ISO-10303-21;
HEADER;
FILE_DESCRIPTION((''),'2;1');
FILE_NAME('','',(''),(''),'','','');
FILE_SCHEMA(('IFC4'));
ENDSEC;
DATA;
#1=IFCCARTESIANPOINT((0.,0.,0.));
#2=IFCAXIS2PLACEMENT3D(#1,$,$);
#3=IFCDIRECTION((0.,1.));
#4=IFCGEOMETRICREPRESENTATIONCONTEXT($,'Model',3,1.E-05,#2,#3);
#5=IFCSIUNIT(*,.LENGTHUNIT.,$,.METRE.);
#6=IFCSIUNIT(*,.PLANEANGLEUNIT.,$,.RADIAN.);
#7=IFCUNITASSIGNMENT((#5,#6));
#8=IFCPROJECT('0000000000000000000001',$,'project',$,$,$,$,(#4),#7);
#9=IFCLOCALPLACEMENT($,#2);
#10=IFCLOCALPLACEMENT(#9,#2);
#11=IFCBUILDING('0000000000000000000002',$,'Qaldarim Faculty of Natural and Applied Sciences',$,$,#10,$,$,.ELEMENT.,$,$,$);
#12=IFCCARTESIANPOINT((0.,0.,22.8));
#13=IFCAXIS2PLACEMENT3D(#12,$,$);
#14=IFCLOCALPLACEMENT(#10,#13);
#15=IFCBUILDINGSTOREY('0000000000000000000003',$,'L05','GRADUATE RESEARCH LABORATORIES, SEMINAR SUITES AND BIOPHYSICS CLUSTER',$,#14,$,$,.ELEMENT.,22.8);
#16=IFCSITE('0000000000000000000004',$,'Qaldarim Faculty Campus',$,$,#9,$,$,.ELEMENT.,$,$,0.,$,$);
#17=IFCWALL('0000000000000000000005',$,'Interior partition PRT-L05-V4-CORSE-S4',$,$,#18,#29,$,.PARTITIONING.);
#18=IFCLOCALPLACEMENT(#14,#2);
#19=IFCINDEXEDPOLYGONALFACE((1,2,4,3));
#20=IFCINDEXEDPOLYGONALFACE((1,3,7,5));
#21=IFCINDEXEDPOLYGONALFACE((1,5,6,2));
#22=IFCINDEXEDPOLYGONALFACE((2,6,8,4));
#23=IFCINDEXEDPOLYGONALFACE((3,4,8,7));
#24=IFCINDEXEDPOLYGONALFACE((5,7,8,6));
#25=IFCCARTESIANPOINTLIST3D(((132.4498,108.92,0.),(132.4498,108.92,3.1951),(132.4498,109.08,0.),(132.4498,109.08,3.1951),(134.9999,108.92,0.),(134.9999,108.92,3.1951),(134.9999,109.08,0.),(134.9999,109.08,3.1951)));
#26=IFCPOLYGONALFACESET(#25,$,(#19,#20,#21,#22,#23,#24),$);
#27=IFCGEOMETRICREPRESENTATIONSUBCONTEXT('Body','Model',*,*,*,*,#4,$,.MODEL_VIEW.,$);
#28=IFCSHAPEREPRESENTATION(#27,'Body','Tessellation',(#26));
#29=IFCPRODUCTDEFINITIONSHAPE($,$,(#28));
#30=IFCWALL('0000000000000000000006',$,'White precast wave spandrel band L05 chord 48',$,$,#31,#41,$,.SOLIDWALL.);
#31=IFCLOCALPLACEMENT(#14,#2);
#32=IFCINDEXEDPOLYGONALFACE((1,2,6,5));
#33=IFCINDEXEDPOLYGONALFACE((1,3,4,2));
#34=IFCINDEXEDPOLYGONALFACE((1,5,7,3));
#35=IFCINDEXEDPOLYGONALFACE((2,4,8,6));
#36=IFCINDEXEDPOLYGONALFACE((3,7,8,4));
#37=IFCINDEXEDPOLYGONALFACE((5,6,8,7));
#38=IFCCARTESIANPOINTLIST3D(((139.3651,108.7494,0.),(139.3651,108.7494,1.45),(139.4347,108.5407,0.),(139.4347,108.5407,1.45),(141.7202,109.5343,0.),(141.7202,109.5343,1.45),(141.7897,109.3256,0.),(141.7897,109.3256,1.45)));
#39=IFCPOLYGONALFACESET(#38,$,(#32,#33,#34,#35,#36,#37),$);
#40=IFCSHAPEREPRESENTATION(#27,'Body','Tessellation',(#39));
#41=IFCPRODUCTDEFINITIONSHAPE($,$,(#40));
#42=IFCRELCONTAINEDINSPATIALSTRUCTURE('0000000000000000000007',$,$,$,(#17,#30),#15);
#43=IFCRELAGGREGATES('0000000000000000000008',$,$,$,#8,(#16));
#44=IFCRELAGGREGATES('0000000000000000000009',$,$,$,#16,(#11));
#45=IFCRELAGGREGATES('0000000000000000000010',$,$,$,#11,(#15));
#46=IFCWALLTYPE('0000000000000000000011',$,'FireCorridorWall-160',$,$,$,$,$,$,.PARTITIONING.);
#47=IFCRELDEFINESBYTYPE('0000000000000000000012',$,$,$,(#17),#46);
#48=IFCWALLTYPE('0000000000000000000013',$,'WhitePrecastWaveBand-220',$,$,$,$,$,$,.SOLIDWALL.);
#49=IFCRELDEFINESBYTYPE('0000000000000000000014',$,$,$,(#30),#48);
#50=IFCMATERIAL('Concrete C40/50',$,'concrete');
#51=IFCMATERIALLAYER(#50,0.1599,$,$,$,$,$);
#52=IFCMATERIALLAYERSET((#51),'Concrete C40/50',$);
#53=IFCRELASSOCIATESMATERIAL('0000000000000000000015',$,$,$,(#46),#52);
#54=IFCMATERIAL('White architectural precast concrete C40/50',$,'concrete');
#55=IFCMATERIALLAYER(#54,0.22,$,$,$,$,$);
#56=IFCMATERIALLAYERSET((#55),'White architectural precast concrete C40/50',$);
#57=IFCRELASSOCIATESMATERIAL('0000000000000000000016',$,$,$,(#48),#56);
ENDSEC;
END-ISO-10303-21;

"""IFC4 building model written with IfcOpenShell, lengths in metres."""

from ifc_helpers import new_model, si_unit, direction, frame, frame_2d, origin, place, context, subcontext, project, spatial, rectangle, extrude, material, layer, layer_set, type_object, element, save


model = new_model("IFC4")

# Units and contexts
model_context = context("Model", 3, precision=1e-05, world=origin(), true_north=direction((0.0, 1.0)))
body_context = subcontext(model_context, "Body", "Model", "MODEL_VIEW")
ifc_project = project(units=[si_unit("LENGTHUNIT", "METRE"), si_unit("PLANEANGLEUNIT", "RADIAN")], contexts=[model_context])

# Site, building, storey
site_placement = place(None, origin())
site = spatial("IfcSite", under=ifc_project, at=site_placement, Name="Qaldarim Faculty Campus", CompositionType="ELEMENT", RefElevation=0.0)
building_placement = place(site_placement, origin())
building = spatial("IfcBuilding", under=site, at=building_placement, Name="Qaldarim Faculty of Natural and Applied Sciences", CompositionType="ELEMENT")
storey_placement = place(building_placement, frame((0.0, 0.0, 22.8)))
storey = spatial("IfcBuildingStorey", under=building, at=storey_placement, Name="L05", Description="GRADUATE RESEARCH LABORATORIES, SEMINAR SUITES AND BIOPHYSICS CLUSTER", CompositionType="ELEMENT", Elevation=22.8)

# Shared definitions
ifc_material_1 = material(Name="Concrete C40/50", Category="concrete")

# Walls
ifc_layer_1 = layer(ifc_material_1, 0.1599)
ifc_layer_set_1 = layer_set([ifc_layer_1], Name="Concrete C40/50")
wall_type_1 = type_object("IfcWallType", Name="FireCorridorWall-160", PredefinedType="PARTITIONING", material=ifc_layer_set_1)
wall_1_placement = place(storey_placement, frame((132.45, 109.0, 0.0), z_axis=(0.0, 0.0, 1.0), x_axis=(1.0, 0.0, 0.0)))
element("IfcWall", 1, at=wall_1_placement, inside=storey, type_object=wall_type_1, Name="Interior partition PRT-L05-V4-CORSE-S4", PredefinedType="PARTITIONING", context=body_context, shape_type="SweptSolid", body=[
    extrude(rectangle(XDim=2.55, YDim=0.1599, at=frame_2d((1.2749, 0.0))), origin(), (0.0, 0.0, 1.0), 3.1951),
])
ifc_material_2 = material(Name="White architectural precast concrete C40/50", Category="concrete")
ifc_layer_2 = layer(ifc_material_2, 0.22)
ifc_layer_set_2 = layer_set([ifc_layer_2], Name="White architectural precast concrete C40/50")
wall_type_2 = type_object("IfcWallType", Name="WhitePrecastWaveBand-220", PredefinedType="SOLIDWALL", material=ifc_layer_set_2)
wall_2_placement = place(storey_placement, frame((139.3999, 108.645, 0.0), z_axis=(0.0, 0.0, 1.0), x_axis=(0.948693, 0.316198, 0.0)))
element("IfcWall", 2, at=wall_2_placement, inside=storey, type_object=wall_type_2, Name="White precast wave spandrel band L05 chord 48", PredefinedType="SOLIDWALL", context=body_context, shape_type="SweptSolid", body=[
    extrude(rectangle(XDim=2.4824, YDim=0.22, at=frame_2d((1.2412, 0.0))), origin(), (0.0, 0.0, 1.0), 1.45),
])

save(model, "model.ifc")
